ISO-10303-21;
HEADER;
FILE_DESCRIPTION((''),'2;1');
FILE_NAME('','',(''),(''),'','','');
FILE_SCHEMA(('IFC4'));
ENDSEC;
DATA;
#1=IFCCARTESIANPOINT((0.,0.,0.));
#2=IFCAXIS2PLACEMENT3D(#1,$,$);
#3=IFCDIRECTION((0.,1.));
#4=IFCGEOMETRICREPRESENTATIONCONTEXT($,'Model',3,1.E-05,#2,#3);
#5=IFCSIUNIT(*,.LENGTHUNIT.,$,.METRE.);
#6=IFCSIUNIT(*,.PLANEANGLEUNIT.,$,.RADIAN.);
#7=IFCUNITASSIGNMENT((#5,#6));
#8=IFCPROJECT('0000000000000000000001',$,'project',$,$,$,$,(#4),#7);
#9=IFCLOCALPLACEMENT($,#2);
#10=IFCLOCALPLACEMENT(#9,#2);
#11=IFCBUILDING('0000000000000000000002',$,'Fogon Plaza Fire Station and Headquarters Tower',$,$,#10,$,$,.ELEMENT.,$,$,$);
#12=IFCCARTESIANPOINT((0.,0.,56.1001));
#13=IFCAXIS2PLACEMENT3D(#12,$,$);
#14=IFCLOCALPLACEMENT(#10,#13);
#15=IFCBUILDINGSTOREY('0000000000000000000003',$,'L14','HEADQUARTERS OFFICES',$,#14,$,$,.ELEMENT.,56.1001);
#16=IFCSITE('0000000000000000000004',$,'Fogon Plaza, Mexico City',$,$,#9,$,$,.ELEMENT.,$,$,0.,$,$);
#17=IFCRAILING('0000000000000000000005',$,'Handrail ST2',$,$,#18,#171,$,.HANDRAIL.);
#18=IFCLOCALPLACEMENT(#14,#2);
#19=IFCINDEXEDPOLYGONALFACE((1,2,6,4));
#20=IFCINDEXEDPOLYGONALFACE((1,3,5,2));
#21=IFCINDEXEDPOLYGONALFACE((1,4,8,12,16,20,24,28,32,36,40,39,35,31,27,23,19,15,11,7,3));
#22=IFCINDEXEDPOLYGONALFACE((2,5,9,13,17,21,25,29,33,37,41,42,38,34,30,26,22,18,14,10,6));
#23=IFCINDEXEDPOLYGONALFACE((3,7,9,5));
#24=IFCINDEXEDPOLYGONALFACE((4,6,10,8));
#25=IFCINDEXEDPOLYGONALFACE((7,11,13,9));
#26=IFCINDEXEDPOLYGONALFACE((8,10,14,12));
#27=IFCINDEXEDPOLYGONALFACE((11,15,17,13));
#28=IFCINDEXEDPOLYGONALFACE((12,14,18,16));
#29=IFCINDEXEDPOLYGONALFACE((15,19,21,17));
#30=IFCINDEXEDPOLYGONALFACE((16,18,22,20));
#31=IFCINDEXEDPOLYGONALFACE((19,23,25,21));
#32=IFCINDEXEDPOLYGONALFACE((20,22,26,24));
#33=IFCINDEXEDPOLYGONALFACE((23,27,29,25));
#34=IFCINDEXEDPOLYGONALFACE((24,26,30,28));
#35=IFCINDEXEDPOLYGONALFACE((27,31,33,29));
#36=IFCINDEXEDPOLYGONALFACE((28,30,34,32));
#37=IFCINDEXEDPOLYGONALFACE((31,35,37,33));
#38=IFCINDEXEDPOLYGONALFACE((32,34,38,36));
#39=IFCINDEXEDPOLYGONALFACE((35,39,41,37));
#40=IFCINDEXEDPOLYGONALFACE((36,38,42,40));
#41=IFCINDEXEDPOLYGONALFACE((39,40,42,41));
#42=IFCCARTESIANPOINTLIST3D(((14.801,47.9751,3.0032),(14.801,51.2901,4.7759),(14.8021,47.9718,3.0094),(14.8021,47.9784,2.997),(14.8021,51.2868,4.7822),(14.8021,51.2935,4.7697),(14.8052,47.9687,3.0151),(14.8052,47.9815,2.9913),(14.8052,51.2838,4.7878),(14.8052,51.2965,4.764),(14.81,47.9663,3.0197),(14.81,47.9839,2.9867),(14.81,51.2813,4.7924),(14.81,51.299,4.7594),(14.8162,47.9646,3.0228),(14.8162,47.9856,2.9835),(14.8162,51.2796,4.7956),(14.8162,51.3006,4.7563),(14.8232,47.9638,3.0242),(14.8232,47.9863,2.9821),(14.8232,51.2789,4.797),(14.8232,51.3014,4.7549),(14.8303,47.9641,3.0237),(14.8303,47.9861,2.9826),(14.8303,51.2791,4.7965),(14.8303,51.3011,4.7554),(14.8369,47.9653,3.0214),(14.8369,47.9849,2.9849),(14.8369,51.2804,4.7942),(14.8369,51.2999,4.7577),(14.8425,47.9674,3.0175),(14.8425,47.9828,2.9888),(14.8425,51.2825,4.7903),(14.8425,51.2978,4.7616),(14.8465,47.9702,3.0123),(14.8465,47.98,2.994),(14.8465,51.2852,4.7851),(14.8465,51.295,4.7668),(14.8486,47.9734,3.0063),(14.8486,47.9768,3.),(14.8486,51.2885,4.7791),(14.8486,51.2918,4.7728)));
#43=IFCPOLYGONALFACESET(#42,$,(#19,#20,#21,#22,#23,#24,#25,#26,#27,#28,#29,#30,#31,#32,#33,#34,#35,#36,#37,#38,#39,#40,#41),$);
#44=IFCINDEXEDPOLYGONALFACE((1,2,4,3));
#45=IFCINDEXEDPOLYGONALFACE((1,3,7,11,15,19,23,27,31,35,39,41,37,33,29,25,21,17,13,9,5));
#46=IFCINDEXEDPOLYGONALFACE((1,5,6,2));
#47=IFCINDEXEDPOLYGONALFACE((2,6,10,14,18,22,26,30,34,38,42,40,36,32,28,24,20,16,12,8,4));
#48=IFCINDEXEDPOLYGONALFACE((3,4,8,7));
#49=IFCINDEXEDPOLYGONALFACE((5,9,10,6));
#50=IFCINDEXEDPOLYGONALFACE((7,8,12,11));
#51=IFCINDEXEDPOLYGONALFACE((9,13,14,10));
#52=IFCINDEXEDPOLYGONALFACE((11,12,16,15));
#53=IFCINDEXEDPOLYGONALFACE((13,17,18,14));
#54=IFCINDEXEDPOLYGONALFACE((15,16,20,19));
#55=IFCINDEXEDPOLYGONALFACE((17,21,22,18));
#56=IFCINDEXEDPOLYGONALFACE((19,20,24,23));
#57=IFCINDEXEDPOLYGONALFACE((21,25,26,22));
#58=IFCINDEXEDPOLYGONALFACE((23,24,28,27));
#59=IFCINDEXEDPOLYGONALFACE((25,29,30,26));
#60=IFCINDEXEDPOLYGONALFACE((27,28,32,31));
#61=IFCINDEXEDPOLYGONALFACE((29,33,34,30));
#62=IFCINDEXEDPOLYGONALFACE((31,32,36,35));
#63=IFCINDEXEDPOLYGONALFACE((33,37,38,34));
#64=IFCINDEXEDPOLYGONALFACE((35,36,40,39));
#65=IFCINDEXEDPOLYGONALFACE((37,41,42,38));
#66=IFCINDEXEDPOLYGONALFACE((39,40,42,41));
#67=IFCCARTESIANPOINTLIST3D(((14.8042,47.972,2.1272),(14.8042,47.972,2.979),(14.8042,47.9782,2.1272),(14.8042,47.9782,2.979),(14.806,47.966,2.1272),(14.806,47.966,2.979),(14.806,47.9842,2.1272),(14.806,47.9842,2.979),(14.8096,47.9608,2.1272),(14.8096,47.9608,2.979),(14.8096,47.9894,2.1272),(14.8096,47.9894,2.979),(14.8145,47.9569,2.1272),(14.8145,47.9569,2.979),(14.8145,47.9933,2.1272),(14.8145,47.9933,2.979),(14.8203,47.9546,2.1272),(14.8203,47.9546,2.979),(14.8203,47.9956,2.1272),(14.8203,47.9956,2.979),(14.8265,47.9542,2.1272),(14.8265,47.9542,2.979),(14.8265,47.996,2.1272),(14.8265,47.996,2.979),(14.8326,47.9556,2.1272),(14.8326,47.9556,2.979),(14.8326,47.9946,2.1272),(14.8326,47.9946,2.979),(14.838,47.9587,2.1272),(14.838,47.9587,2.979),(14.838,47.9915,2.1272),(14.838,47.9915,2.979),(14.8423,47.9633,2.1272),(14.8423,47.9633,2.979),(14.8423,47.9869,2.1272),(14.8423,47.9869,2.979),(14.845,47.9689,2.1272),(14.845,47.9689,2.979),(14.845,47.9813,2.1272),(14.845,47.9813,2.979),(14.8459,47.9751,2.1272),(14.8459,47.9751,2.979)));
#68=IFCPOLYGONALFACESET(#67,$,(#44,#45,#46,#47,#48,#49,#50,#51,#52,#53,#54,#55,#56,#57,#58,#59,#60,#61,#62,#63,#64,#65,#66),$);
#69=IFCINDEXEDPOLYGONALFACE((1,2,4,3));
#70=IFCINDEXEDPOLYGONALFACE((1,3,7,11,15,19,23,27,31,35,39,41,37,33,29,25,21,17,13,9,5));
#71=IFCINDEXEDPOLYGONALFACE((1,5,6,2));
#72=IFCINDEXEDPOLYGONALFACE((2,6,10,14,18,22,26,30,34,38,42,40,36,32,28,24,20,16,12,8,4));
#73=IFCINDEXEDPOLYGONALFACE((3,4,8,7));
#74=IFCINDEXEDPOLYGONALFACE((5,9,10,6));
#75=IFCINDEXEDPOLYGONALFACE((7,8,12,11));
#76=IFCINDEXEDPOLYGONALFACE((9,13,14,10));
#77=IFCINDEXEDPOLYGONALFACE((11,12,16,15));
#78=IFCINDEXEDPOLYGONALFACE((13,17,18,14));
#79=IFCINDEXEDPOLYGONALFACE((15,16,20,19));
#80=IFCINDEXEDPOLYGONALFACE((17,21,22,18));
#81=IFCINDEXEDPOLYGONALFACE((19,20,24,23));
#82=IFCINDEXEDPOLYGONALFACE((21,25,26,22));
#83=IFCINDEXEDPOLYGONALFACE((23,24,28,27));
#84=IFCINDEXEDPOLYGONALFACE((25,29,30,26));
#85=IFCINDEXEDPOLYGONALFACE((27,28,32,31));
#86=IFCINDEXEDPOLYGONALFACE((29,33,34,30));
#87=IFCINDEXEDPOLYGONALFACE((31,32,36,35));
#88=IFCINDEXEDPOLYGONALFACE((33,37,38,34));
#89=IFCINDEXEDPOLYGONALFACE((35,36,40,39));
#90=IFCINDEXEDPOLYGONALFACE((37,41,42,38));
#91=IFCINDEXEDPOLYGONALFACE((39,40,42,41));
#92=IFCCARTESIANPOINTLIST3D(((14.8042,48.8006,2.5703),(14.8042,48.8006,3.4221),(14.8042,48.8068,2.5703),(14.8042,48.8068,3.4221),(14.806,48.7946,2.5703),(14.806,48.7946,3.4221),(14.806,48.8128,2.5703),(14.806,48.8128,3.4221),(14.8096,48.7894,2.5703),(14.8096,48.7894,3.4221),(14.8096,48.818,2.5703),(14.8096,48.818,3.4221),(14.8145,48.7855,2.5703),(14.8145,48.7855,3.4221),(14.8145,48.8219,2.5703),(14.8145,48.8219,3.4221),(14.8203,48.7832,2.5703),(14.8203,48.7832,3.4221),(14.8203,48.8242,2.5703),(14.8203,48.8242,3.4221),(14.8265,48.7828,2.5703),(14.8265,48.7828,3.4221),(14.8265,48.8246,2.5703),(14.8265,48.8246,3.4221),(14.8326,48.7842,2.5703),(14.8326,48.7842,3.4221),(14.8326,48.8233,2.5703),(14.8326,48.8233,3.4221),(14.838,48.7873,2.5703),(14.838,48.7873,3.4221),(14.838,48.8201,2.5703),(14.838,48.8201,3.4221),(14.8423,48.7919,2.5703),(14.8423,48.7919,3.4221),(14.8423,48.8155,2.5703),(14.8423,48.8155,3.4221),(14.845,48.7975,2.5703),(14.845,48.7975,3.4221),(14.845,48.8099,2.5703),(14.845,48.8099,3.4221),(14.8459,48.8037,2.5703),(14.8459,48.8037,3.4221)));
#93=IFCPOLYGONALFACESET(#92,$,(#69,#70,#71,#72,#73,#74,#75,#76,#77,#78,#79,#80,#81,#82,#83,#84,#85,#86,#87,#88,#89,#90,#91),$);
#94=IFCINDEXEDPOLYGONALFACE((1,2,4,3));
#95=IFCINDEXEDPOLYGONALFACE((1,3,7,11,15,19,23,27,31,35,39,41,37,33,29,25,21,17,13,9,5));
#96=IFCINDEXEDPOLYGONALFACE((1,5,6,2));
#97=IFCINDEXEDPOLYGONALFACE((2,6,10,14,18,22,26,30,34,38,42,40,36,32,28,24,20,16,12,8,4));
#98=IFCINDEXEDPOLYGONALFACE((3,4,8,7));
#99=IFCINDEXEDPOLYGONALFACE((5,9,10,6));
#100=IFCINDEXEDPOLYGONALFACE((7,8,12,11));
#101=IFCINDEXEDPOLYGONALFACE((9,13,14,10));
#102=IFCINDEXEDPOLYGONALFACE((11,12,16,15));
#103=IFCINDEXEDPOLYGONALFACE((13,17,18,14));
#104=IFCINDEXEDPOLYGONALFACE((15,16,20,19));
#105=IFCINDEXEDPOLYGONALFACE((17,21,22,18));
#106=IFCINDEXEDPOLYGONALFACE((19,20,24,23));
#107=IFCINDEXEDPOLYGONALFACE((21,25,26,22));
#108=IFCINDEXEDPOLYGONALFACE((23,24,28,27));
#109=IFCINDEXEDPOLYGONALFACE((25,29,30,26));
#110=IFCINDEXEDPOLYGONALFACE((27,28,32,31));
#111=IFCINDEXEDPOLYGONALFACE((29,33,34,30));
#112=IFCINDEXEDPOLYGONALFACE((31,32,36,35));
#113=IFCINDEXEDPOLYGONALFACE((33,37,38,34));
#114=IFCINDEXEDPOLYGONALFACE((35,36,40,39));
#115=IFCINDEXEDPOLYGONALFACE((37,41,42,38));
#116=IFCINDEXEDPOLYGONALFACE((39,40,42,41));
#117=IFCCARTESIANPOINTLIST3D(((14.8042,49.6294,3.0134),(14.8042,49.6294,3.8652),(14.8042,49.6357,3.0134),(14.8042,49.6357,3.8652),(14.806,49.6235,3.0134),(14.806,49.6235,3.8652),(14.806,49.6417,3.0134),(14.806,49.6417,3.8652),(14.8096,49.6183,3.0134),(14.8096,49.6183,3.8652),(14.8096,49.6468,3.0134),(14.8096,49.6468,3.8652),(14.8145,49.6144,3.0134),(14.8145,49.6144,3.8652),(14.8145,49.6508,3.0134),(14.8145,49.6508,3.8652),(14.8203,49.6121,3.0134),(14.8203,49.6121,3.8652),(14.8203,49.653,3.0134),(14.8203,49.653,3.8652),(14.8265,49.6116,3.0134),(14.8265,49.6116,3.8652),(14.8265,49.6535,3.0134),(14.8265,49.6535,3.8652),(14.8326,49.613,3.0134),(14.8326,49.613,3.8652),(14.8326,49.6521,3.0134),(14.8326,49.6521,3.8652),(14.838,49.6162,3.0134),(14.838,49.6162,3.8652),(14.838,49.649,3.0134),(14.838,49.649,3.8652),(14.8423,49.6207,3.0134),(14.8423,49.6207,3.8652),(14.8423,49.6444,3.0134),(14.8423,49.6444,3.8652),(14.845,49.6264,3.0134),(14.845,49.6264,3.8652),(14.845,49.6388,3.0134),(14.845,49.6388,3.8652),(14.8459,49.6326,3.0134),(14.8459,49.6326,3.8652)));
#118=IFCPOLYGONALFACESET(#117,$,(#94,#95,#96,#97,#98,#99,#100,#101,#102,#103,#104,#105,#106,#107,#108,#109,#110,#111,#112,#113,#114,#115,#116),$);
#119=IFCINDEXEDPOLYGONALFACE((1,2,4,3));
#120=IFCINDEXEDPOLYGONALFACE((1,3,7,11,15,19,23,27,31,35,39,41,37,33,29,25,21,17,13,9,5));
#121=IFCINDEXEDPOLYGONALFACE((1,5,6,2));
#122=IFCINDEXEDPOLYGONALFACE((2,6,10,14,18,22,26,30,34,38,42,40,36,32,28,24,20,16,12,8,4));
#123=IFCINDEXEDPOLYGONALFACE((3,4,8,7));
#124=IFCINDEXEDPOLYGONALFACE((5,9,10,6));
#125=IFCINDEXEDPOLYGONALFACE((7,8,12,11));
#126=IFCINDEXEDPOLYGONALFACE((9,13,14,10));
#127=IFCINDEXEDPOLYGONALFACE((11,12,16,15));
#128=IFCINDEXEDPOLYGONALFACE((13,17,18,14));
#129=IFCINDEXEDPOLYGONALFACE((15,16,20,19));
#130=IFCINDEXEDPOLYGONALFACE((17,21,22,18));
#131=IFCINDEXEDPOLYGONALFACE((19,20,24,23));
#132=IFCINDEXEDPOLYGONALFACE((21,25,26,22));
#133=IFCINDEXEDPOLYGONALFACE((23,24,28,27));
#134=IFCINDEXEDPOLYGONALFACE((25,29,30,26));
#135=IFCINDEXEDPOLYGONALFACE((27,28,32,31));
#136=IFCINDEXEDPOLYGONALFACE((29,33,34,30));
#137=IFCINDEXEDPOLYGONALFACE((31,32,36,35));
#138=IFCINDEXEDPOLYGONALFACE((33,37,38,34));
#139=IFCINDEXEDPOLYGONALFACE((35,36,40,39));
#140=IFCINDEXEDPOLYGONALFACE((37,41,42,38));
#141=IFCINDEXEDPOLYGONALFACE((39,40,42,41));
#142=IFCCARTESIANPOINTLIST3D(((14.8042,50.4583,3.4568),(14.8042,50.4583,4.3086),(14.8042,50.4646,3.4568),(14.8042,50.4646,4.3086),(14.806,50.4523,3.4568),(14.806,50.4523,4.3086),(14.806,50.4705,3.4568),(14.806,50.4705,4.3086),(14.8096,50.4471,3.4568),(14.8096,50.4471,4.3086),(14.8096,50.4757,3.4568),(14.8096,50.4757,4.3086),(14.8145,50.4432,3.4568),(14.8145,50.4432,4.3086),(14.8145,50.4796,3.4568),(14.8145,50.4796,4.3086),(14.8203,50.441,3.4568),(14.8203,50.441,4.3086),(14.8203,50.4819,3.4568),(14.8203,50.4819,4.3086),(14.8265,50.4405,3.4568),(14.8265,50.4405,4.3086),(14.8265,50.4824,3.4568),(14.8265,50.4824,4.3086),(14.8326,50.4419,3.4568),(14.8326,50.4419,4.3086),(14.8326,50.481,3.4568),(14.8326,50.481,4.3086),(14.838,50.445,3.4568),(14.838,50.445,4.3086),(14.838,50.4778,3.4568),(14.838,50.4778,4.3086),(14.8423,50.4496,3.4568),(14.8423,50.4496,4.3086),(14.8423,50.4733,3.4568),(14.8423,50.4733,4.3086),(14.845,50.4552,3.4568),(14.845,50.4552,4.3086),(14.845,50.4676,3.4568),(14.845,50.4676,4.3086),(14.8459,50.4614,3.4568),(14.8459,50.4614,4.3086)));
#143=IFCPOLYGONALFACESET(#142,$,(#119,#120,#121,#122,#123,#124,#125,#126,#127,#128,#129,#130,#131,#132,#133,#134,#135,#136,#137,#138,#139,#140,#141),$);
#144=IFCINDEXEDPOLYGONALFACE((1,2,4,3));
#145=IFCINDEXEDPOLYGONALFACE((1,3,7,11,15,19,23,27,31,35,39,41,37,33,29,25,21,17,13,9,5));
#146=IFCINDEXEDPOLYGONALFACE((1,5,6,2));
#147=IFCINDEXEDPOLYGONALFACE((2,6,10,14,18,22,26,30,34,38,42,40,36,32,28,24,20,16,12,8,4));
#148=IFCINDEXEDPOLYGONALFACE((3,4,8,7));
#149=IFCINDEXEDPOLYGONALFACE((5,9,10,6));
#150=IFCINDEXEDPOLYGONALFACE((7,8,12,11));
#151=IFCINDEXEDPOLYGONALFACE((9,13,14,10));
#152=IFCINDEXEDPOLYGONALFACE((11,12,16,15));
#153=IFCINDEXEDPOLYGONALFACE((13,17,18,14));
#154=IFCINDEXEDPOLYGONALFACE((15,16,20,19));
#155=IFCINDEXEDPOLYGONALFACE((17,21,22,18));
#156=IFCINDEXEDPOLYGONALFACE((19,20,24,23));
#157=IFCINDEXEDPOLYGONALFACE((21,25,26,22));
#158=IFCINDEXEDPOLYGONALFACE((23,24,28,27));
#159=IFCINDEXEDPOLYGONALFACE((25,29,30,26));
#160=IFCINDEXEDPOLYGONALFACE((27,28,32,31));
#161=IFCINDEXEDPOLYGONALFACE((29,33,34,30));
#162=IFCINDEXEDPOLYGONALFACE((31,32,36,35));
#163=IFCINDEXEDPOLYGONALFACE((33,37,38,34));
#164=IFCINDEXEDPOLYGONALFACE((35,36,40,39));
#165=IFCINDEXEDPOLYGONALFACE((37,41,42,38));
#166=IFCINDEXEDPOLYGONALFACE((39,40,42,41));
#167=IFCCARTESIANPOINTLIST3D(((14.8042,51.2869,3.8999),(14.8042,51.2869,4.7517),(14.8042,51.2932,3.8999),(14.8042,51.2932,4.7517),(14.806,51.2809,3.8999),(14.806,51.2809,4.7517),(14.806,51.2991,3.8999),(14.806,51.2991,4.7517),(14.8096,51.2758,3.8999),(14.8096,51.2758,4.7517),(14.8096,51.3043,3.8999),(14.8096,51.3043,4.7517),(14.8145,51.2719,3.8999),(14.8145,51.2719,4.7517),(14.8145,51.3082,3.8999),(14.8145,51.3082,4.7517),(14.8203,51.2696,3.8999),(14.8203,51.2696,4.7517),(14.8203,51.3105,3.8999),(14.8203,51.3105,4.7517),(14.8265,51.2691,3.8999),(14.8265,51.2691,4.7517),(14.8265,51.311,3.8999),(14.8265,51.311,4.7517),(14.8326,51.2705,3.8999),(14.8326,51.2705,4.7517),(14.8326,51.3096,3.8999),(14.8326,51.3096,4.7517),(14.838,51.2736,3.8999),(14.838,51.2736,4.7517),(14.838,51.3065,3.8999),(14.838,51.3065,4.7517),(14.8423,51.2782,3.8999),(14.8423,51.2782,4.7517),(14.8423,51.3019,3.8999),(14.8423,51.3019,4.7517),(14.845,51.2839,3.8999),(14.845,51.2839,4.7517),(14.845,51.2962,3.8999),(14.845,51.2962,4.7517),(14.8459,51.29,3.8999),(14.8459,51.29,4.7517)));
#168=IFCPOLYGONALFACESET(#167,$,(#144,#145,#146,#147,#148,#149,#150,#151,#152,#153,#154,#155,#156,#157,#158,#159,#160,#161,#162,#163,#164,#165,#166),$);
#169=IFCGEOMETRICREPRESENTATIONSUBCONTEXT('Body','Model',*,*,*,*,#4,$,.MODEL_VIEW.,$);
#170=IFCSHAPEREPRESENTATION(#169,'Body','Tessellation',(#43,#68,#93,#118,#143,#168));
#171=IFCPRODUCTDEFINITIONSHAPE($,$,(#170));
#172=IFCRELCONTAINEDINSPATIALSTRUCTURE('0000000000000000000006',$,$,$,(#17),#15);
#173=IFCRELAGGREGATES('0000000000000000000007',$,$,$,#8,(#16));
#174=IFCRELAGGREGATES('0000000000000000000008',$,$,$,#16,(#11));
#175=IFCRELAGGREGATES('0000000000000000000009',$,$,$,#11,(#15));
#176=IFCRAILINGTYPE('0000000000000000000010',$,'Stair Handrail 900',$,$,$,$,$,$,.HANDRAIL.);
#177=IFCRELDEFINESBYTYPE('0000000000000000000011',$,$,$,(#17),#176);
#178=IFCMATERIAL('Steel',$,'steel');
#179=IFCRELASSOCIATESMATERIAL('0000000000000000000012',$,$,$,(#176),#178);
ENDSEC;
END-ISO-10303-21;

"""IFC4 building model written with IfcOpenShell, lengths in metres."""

from ifc_helpers import new_model, si_unit, direction, frame, origin, origin_2d, place, context, subcontext, project, spatial, circle, extrude, material, type_object, element, save


model = new_model("IFC4")

# Units and contexts
model_context = context("Model", 3, precision=1e-05, world=origin(), true_north=direction((0.0, 1.0)))
body_context = subcontext(model_context, "Body", "Model", "MODEL_VIEW")
ifc_project = project(units=[si_unit("LENGTHUNIT", "METRE"), si_unit("PLANEANGLEUNIT", "RADIAN")], contexts=[model_context])

# Site, building, storey
site_placement = place(None, origin())
site = spatial("IfcSite", under=ifc_project, at=site_placement, Name="Fogon Plaza, Mexico City", CompositionType="ELEMENT", RefElevation=0.0)
building_placement = place(site_placement, origin())
building = spatial("IfcBuilding", under=site, at=building_placement, Name="Fogon Plaza Fire Station and Headquarters Tower", CompositionType="ELEMENT")
storey_placement = place(building_placement, frame((0.0, 0.0, 56.1001)))
storey = spatial("IfcBuildingStorey", under=building, at=storey_placement, Name="L14", Description="HEADQUARTERS OFFICES", CompositionType="ELEMENT", Elevation=56.1001)

# Railing
ifc_material_1 = material(Name="Steel", Category="steel")
railing_type = type_object("IfcRailingType", Name="Stair Handrail 900", PredefinedType="HANDRAIL", material=ifc_material_1)
for number, where, name in (
    (1, (14.825, 47.9751, 2.1272), "Handrail ST2"),
):
    element("IfcRailing", number, at=place(storey_placement, frame(where)), inside=storey, type_object=railing_type, Name=name, PredefinedType="HANDRAIL", context=body_context, shape_type="SweptSolid", body=[
        extrude(circle(Radius=0.0239, at=origin_2d()), frame((0.0, 0.0, 0.876), z_axis=(0.0, 0.881829, 0.471569), x_axis=(-1.0, 0.0, 0.0)), (0.0, 0.0, 1.0), 3.7593),
        extrude(circle(Radius=0.021, at=origin_2d()), origin(), (0.0, 0.0, 1.0), 0.8518),
        extrude(circle(Radius=0.021, at=origin_2d()), frame((0.0, 0.8286, 0.4431)), (0.0, 0.0, 1.0), 0.8518),
        extrude(circle(Radius=0.021, at=origin_2d()), frame((0.0, 1.6575, 0.8862)), (0.0, 0.0, 1.0), 0.8518),
        extrude(circle(Radius=0.021, at=origin_2d()), frame((0.0, 2.4863, 1.3296)), (0.0, 0.0, 1.0), 0.8518),
        extrude(circle(Radius=0.021, at=origin_2d()), frame((0.0, 3.3149, 1.7727)), (0.0, 0.0, 1.0), 0.8518),
    ])

save(model, "model.ifc")
